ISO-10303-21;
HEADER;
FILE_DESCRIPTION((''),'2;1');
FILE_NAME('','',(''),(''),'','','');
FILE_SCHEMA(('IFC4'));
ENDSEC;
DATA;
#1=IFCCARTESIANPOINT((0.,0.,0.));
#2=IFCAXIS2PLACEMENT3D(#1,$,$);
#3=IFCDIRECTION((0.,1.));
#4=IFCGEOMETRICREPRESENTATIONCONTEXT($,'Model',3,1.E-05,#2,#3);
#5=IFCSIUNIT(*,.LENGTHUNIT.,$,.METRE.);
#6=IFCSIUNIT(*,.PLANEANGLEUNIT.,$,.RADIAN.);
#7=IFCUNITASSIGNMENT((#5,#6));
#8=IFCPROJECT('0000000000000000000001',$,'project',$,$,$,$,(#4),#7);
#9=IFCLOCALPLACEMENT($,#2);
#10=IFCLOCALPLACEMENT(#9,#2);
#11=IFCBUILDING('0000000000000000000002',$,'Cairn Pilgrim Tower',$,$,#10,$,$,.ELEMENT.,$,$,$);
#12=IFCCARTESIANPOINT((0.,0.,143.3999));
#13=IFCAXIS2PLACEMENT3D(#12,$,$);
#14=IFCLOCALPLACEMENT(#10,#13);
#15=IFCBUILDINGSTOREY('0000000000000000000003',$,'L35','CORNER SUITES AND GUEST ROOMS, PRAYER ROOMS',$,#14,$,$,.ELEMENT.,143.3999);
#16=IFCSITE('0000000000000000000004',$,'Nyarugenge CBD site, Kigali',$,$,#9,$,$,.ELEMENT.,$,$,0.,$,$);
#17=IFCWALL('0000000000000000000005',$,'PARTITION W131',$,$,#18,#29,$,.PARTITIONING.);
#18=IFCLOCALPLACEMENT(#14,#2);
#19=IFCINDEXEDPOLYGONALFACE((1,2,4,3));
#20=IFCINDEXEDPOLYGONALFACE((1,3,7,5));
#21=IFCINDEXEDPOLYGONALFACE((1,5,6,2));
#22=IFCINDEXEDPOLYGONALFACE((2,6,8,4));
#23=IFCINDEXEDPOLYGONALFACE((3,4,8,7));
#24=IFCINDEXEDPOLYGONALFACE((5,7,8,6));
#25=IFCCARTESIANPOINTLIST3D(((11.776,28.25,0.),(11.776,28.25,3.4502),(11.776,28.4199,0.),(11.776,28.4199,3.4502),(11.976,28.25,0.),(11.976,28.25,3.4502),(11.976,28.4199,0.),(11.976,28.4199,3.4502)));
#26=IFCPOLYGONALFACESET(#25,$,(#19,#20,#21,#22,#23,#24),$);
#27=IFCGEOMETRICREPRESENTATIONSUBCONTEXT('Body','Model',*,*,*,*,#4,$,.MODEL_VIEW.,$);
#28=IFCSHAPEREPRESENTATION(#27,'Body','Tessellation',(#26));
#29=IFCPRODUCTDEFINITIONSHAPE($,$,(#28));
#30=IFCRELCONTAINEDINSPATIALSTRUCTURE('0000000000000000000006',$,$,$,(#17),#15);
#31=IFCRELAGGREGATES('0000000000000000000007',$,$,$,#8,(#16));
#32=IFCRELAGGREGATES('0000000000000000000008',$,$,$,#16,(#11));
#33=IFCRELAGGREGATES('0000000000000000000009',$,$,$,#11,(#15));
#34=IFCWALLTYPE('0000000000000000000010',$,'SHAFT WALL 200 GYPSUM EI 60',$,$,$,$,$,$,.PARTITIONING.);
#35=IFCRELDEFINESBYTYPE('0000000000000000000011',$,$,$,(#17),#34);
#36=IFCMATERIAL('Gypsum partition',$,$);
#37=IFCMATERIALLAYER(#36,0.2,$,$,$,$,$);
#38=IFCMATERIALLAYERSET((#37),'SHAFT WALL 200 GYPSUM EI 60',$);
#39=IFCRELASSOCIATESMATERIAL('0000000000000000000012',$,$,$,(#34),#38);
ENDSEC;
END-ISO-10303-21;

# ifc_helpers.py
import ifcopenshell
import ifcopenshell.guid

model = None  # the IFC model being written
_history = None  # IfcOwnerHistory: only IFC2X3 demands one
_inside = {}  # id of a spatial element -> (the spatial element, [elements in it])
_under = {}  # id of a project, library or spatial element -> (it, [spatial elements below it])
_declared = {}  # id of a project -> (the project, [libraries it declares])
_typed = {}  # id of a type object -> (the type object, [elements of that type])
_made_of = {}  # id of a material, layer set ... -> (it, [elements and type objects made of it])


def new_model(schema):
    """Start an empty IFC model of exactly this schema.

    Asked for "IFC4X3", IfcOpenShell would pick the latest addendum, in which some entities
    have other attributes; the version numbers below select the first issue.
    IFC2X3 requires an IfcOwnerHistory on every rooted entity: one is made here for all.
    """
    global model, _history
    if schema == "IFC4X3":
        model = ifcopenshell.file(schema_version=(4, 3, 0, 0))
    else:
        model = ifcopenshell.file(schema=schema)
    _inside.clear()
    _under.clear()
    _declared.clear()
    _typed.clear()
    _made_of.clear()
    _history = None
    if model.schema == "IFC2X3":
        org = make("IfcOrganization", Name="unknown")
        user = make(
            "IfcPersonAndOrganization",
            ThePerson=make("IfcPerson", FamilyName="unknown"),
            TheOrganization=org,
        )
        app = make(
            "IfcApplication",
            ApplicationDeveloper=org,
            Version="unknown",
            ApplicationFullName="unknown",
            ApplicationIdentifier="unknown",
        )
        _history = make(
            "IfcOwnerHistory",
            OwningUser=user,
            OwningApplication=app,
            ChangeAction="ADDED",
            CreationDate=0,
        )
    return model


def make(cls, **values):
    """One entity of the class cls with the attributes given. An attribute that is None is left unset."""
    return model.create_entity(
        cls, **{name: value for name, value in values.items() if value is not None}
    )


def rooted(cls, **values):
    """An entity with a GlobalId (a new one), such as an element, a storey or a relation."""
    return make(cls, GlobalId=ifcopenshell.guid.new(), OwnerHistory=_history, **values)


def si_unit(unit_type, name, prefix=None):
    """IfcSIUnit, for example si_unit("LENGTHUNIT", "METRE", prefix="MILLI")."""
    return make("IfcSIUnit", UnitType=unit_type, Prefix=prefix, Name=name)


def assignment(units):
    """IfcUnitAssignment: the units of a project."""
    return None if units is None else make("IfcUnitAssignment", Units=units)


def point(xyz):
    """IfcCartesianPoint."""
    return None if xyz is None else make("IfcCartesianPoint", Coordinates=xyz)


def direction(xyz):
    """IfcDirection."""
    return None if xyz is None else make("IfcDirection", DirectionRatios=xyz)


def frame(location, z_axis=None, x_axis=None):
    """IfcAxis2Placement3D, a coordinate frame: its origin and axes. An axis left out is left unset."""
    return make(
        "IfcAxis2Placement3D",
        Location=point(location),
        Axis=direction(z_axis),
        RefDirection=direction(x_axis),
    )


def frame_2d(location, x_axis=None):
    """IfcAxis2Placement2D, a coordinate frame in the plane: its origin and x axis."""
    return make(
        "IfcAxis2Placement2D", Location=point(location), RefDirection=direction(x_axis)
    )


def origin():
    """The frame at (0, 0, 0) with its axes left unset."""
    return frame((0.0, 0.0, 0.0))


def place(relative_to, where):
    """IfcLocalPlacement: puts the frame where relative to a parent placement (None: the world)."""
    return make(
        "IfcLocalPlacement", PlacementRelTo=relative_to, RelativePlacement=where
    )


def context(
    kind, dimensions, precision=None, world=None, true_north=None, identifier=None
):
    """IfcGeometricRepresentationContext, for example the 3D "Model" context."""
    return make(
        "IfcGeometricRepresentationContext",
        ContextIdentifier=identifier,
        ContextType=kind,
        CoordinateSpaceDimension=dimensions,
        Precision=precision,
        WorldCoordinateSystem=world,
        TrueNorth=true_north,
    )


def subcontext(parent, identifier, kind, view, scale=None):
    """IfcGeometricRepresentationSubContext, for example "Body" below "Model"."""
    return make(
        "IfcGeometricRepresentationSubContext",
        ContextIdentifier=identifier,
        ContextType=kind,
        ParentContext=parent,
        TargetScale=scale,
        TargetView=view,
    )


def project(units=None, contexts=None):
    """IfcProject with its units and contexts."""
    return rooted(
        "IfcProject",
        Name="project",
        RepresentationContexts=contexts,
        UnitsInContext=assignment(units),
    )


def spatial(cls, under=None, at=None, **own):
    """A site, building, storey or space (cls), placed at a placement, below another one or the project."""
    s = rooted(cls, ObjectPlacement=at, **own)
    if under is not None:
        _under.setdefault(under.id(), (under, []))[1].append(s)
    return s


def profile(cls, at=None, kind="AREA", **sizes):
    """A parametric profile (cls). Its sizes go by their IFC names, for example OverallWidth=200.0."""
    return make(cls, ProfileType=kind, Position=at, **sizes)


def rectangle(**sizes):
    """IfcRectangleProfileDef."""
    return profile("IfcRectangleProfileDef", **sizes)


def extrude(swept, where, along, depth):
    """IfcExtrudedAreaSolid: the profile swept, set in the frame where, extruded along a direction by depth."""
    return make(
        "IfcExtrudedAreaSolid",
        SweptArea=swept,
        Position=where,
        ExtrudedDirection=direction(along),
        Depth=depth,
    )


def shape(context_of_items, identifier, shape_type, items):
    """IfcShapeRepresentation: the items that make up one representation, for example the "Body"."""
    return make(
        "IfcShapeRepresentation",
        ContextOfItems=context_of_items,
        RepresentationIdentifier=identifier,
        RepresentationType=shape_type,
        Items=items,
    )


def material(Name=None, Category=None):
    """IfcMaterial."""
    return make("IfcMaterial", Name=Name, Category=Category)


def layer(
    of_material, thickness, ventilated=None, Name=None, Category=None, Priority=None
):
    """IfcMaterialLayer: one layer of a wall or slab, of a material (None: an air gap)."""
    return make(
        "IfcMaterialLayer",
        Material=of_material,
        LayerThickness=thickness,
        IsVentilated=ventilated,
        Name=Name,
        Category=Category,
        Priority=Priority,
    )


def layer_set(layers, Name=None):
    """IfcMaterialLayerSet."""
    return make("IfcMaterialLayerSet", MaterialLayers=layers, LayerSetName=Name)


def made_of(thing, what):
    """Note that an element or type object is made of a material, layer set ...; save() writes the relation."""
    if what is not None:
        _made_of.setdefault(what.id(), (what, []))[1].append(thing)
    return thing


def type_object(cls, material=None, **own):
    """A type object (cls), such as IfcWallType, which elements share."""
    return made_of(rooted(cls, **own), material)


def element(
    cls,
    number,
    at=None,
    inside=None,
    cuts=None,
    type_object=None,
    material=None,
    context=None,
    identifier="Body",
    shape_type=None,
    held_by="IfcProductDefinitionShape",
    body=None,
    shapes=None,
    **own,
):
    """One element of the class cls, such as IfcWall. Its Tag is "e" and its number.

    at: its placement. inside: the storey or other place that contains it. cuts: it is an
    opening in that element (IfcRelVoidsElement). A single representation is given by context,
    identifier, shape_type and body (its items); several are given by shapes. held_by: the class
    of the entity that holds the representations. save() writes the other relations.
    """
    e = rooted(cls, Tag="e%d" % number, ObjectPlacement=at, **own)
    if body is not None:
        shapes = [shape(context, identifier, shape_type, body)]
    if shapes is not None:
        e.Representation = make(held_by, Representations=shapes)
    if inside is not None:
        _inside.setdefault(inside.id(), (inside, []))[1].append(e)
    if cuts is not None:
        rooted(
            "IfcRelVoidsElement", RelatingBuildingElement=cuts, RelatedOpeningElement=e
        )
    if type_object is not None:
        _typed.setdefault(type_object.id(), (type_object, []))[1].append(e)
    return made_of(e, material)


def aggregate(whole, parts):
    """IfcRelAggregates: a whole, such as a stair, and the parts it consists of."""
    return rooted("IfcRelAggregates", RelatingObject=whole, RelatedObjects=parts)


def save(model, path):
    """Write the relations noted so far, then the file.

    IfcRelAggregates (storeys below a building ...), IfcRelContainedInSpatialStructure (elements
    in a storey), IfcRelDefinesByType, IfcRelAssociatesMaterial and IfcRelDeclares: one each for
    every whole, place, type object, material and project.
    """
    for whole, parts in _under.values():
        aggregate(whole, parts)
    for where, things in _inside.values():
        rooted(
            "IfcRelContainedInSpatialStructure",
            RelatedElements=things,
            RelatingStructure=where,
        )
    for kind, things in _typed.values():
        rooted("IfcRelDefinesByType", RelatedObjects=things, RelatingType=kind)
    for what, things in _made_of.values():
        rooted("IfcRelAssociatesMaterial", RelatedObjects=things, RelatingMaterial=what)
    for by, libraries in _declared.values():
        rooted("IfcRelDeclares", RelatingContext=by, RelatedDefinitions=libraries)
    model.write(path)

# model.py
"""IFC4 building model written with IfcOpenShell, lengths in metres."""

from ifc_helpers import new_model, si_unit, direction, frame, frame_2d, origin, place, context, subcontext, project, spatial, rectangle, extrude, material, layer, layer_set, type_object, element, save


model = new_model("IFC4")

# Units and contexts
model_context = context("Model", 3, precision=1e-05, world=origin(), true_north=direction((0.0, 1.0)))
body_context = subcontext(model_context, "Body", "Model", "MODEL_VIEW")
ifc_project = project(units=[si_unit("LENGTHUNIT", "METRE"), si_unit("PLANEANGLEUNIT", "RADIAN")], contexts=[model_context])

# Site, building, storey
site_placement = place(None, origin())
site = spatial("IfcSite", under=ifc_project, at=site_placement, Name="Nyarugenge CBD site, Kigali", CompositionType="ELEMENT", RefElevation=0.0)
building_placement = place(site_placement, origin())
building = spatial("IfcBuilding", under=site, at=building_placement, Name="Cairn Pilgrim Tower", CompositionType="ELEMENT")
storey_placement = place(building_placement, frame((0.0, 0.0, 143.3999)))
storey = spatial("IfcBuildingStorey", under=building, at=storey_placement, Name="L35", Description="CORNER SUITES AND GUEST ROOMS, PRAYER ROOMS", CompositionType="ELEMENT", Elevation=143.3999)

# Shared definitions
ifc_material_1 = material(Name="Gypsum partition")

# Wall
ifc_layer_1 = layer(ifc_material_1, 0.2)
ifc_layer_set_1 = layer_set([ifc_layer_1], Name="SHAFT WALL 200 GYPSUM EI 60")
wall_type_1 = type_object("IfcWallType", Name="SHAFT WALL 200 GYPSUM EI 60", PredefinedType="PARTITIONING", material=ifc_layer_set_1)
wall_1_placement = place(storey_placement, frame((11.876, 28.25, 0.0), z_axis=(0.0, 0.0, 1.0), x_axis=(0.0, 1.0, 0.0)))
element("IfcWall", 1, at=wall_1_placement, inside=storey, type_object=wall_type_1, Name="PARTITION W131", PredefinedType="PARTITIONING", context=body_context, shape_type="SweptSolid", body=[
    extrude(rectangle(XDim=0.1699, YDim=0.2, at=frame_2d((0.085, 0.0))), origin(), (0.0, 0.0, 1.0), 3.4502),
])

save(model, "model.ifc")
